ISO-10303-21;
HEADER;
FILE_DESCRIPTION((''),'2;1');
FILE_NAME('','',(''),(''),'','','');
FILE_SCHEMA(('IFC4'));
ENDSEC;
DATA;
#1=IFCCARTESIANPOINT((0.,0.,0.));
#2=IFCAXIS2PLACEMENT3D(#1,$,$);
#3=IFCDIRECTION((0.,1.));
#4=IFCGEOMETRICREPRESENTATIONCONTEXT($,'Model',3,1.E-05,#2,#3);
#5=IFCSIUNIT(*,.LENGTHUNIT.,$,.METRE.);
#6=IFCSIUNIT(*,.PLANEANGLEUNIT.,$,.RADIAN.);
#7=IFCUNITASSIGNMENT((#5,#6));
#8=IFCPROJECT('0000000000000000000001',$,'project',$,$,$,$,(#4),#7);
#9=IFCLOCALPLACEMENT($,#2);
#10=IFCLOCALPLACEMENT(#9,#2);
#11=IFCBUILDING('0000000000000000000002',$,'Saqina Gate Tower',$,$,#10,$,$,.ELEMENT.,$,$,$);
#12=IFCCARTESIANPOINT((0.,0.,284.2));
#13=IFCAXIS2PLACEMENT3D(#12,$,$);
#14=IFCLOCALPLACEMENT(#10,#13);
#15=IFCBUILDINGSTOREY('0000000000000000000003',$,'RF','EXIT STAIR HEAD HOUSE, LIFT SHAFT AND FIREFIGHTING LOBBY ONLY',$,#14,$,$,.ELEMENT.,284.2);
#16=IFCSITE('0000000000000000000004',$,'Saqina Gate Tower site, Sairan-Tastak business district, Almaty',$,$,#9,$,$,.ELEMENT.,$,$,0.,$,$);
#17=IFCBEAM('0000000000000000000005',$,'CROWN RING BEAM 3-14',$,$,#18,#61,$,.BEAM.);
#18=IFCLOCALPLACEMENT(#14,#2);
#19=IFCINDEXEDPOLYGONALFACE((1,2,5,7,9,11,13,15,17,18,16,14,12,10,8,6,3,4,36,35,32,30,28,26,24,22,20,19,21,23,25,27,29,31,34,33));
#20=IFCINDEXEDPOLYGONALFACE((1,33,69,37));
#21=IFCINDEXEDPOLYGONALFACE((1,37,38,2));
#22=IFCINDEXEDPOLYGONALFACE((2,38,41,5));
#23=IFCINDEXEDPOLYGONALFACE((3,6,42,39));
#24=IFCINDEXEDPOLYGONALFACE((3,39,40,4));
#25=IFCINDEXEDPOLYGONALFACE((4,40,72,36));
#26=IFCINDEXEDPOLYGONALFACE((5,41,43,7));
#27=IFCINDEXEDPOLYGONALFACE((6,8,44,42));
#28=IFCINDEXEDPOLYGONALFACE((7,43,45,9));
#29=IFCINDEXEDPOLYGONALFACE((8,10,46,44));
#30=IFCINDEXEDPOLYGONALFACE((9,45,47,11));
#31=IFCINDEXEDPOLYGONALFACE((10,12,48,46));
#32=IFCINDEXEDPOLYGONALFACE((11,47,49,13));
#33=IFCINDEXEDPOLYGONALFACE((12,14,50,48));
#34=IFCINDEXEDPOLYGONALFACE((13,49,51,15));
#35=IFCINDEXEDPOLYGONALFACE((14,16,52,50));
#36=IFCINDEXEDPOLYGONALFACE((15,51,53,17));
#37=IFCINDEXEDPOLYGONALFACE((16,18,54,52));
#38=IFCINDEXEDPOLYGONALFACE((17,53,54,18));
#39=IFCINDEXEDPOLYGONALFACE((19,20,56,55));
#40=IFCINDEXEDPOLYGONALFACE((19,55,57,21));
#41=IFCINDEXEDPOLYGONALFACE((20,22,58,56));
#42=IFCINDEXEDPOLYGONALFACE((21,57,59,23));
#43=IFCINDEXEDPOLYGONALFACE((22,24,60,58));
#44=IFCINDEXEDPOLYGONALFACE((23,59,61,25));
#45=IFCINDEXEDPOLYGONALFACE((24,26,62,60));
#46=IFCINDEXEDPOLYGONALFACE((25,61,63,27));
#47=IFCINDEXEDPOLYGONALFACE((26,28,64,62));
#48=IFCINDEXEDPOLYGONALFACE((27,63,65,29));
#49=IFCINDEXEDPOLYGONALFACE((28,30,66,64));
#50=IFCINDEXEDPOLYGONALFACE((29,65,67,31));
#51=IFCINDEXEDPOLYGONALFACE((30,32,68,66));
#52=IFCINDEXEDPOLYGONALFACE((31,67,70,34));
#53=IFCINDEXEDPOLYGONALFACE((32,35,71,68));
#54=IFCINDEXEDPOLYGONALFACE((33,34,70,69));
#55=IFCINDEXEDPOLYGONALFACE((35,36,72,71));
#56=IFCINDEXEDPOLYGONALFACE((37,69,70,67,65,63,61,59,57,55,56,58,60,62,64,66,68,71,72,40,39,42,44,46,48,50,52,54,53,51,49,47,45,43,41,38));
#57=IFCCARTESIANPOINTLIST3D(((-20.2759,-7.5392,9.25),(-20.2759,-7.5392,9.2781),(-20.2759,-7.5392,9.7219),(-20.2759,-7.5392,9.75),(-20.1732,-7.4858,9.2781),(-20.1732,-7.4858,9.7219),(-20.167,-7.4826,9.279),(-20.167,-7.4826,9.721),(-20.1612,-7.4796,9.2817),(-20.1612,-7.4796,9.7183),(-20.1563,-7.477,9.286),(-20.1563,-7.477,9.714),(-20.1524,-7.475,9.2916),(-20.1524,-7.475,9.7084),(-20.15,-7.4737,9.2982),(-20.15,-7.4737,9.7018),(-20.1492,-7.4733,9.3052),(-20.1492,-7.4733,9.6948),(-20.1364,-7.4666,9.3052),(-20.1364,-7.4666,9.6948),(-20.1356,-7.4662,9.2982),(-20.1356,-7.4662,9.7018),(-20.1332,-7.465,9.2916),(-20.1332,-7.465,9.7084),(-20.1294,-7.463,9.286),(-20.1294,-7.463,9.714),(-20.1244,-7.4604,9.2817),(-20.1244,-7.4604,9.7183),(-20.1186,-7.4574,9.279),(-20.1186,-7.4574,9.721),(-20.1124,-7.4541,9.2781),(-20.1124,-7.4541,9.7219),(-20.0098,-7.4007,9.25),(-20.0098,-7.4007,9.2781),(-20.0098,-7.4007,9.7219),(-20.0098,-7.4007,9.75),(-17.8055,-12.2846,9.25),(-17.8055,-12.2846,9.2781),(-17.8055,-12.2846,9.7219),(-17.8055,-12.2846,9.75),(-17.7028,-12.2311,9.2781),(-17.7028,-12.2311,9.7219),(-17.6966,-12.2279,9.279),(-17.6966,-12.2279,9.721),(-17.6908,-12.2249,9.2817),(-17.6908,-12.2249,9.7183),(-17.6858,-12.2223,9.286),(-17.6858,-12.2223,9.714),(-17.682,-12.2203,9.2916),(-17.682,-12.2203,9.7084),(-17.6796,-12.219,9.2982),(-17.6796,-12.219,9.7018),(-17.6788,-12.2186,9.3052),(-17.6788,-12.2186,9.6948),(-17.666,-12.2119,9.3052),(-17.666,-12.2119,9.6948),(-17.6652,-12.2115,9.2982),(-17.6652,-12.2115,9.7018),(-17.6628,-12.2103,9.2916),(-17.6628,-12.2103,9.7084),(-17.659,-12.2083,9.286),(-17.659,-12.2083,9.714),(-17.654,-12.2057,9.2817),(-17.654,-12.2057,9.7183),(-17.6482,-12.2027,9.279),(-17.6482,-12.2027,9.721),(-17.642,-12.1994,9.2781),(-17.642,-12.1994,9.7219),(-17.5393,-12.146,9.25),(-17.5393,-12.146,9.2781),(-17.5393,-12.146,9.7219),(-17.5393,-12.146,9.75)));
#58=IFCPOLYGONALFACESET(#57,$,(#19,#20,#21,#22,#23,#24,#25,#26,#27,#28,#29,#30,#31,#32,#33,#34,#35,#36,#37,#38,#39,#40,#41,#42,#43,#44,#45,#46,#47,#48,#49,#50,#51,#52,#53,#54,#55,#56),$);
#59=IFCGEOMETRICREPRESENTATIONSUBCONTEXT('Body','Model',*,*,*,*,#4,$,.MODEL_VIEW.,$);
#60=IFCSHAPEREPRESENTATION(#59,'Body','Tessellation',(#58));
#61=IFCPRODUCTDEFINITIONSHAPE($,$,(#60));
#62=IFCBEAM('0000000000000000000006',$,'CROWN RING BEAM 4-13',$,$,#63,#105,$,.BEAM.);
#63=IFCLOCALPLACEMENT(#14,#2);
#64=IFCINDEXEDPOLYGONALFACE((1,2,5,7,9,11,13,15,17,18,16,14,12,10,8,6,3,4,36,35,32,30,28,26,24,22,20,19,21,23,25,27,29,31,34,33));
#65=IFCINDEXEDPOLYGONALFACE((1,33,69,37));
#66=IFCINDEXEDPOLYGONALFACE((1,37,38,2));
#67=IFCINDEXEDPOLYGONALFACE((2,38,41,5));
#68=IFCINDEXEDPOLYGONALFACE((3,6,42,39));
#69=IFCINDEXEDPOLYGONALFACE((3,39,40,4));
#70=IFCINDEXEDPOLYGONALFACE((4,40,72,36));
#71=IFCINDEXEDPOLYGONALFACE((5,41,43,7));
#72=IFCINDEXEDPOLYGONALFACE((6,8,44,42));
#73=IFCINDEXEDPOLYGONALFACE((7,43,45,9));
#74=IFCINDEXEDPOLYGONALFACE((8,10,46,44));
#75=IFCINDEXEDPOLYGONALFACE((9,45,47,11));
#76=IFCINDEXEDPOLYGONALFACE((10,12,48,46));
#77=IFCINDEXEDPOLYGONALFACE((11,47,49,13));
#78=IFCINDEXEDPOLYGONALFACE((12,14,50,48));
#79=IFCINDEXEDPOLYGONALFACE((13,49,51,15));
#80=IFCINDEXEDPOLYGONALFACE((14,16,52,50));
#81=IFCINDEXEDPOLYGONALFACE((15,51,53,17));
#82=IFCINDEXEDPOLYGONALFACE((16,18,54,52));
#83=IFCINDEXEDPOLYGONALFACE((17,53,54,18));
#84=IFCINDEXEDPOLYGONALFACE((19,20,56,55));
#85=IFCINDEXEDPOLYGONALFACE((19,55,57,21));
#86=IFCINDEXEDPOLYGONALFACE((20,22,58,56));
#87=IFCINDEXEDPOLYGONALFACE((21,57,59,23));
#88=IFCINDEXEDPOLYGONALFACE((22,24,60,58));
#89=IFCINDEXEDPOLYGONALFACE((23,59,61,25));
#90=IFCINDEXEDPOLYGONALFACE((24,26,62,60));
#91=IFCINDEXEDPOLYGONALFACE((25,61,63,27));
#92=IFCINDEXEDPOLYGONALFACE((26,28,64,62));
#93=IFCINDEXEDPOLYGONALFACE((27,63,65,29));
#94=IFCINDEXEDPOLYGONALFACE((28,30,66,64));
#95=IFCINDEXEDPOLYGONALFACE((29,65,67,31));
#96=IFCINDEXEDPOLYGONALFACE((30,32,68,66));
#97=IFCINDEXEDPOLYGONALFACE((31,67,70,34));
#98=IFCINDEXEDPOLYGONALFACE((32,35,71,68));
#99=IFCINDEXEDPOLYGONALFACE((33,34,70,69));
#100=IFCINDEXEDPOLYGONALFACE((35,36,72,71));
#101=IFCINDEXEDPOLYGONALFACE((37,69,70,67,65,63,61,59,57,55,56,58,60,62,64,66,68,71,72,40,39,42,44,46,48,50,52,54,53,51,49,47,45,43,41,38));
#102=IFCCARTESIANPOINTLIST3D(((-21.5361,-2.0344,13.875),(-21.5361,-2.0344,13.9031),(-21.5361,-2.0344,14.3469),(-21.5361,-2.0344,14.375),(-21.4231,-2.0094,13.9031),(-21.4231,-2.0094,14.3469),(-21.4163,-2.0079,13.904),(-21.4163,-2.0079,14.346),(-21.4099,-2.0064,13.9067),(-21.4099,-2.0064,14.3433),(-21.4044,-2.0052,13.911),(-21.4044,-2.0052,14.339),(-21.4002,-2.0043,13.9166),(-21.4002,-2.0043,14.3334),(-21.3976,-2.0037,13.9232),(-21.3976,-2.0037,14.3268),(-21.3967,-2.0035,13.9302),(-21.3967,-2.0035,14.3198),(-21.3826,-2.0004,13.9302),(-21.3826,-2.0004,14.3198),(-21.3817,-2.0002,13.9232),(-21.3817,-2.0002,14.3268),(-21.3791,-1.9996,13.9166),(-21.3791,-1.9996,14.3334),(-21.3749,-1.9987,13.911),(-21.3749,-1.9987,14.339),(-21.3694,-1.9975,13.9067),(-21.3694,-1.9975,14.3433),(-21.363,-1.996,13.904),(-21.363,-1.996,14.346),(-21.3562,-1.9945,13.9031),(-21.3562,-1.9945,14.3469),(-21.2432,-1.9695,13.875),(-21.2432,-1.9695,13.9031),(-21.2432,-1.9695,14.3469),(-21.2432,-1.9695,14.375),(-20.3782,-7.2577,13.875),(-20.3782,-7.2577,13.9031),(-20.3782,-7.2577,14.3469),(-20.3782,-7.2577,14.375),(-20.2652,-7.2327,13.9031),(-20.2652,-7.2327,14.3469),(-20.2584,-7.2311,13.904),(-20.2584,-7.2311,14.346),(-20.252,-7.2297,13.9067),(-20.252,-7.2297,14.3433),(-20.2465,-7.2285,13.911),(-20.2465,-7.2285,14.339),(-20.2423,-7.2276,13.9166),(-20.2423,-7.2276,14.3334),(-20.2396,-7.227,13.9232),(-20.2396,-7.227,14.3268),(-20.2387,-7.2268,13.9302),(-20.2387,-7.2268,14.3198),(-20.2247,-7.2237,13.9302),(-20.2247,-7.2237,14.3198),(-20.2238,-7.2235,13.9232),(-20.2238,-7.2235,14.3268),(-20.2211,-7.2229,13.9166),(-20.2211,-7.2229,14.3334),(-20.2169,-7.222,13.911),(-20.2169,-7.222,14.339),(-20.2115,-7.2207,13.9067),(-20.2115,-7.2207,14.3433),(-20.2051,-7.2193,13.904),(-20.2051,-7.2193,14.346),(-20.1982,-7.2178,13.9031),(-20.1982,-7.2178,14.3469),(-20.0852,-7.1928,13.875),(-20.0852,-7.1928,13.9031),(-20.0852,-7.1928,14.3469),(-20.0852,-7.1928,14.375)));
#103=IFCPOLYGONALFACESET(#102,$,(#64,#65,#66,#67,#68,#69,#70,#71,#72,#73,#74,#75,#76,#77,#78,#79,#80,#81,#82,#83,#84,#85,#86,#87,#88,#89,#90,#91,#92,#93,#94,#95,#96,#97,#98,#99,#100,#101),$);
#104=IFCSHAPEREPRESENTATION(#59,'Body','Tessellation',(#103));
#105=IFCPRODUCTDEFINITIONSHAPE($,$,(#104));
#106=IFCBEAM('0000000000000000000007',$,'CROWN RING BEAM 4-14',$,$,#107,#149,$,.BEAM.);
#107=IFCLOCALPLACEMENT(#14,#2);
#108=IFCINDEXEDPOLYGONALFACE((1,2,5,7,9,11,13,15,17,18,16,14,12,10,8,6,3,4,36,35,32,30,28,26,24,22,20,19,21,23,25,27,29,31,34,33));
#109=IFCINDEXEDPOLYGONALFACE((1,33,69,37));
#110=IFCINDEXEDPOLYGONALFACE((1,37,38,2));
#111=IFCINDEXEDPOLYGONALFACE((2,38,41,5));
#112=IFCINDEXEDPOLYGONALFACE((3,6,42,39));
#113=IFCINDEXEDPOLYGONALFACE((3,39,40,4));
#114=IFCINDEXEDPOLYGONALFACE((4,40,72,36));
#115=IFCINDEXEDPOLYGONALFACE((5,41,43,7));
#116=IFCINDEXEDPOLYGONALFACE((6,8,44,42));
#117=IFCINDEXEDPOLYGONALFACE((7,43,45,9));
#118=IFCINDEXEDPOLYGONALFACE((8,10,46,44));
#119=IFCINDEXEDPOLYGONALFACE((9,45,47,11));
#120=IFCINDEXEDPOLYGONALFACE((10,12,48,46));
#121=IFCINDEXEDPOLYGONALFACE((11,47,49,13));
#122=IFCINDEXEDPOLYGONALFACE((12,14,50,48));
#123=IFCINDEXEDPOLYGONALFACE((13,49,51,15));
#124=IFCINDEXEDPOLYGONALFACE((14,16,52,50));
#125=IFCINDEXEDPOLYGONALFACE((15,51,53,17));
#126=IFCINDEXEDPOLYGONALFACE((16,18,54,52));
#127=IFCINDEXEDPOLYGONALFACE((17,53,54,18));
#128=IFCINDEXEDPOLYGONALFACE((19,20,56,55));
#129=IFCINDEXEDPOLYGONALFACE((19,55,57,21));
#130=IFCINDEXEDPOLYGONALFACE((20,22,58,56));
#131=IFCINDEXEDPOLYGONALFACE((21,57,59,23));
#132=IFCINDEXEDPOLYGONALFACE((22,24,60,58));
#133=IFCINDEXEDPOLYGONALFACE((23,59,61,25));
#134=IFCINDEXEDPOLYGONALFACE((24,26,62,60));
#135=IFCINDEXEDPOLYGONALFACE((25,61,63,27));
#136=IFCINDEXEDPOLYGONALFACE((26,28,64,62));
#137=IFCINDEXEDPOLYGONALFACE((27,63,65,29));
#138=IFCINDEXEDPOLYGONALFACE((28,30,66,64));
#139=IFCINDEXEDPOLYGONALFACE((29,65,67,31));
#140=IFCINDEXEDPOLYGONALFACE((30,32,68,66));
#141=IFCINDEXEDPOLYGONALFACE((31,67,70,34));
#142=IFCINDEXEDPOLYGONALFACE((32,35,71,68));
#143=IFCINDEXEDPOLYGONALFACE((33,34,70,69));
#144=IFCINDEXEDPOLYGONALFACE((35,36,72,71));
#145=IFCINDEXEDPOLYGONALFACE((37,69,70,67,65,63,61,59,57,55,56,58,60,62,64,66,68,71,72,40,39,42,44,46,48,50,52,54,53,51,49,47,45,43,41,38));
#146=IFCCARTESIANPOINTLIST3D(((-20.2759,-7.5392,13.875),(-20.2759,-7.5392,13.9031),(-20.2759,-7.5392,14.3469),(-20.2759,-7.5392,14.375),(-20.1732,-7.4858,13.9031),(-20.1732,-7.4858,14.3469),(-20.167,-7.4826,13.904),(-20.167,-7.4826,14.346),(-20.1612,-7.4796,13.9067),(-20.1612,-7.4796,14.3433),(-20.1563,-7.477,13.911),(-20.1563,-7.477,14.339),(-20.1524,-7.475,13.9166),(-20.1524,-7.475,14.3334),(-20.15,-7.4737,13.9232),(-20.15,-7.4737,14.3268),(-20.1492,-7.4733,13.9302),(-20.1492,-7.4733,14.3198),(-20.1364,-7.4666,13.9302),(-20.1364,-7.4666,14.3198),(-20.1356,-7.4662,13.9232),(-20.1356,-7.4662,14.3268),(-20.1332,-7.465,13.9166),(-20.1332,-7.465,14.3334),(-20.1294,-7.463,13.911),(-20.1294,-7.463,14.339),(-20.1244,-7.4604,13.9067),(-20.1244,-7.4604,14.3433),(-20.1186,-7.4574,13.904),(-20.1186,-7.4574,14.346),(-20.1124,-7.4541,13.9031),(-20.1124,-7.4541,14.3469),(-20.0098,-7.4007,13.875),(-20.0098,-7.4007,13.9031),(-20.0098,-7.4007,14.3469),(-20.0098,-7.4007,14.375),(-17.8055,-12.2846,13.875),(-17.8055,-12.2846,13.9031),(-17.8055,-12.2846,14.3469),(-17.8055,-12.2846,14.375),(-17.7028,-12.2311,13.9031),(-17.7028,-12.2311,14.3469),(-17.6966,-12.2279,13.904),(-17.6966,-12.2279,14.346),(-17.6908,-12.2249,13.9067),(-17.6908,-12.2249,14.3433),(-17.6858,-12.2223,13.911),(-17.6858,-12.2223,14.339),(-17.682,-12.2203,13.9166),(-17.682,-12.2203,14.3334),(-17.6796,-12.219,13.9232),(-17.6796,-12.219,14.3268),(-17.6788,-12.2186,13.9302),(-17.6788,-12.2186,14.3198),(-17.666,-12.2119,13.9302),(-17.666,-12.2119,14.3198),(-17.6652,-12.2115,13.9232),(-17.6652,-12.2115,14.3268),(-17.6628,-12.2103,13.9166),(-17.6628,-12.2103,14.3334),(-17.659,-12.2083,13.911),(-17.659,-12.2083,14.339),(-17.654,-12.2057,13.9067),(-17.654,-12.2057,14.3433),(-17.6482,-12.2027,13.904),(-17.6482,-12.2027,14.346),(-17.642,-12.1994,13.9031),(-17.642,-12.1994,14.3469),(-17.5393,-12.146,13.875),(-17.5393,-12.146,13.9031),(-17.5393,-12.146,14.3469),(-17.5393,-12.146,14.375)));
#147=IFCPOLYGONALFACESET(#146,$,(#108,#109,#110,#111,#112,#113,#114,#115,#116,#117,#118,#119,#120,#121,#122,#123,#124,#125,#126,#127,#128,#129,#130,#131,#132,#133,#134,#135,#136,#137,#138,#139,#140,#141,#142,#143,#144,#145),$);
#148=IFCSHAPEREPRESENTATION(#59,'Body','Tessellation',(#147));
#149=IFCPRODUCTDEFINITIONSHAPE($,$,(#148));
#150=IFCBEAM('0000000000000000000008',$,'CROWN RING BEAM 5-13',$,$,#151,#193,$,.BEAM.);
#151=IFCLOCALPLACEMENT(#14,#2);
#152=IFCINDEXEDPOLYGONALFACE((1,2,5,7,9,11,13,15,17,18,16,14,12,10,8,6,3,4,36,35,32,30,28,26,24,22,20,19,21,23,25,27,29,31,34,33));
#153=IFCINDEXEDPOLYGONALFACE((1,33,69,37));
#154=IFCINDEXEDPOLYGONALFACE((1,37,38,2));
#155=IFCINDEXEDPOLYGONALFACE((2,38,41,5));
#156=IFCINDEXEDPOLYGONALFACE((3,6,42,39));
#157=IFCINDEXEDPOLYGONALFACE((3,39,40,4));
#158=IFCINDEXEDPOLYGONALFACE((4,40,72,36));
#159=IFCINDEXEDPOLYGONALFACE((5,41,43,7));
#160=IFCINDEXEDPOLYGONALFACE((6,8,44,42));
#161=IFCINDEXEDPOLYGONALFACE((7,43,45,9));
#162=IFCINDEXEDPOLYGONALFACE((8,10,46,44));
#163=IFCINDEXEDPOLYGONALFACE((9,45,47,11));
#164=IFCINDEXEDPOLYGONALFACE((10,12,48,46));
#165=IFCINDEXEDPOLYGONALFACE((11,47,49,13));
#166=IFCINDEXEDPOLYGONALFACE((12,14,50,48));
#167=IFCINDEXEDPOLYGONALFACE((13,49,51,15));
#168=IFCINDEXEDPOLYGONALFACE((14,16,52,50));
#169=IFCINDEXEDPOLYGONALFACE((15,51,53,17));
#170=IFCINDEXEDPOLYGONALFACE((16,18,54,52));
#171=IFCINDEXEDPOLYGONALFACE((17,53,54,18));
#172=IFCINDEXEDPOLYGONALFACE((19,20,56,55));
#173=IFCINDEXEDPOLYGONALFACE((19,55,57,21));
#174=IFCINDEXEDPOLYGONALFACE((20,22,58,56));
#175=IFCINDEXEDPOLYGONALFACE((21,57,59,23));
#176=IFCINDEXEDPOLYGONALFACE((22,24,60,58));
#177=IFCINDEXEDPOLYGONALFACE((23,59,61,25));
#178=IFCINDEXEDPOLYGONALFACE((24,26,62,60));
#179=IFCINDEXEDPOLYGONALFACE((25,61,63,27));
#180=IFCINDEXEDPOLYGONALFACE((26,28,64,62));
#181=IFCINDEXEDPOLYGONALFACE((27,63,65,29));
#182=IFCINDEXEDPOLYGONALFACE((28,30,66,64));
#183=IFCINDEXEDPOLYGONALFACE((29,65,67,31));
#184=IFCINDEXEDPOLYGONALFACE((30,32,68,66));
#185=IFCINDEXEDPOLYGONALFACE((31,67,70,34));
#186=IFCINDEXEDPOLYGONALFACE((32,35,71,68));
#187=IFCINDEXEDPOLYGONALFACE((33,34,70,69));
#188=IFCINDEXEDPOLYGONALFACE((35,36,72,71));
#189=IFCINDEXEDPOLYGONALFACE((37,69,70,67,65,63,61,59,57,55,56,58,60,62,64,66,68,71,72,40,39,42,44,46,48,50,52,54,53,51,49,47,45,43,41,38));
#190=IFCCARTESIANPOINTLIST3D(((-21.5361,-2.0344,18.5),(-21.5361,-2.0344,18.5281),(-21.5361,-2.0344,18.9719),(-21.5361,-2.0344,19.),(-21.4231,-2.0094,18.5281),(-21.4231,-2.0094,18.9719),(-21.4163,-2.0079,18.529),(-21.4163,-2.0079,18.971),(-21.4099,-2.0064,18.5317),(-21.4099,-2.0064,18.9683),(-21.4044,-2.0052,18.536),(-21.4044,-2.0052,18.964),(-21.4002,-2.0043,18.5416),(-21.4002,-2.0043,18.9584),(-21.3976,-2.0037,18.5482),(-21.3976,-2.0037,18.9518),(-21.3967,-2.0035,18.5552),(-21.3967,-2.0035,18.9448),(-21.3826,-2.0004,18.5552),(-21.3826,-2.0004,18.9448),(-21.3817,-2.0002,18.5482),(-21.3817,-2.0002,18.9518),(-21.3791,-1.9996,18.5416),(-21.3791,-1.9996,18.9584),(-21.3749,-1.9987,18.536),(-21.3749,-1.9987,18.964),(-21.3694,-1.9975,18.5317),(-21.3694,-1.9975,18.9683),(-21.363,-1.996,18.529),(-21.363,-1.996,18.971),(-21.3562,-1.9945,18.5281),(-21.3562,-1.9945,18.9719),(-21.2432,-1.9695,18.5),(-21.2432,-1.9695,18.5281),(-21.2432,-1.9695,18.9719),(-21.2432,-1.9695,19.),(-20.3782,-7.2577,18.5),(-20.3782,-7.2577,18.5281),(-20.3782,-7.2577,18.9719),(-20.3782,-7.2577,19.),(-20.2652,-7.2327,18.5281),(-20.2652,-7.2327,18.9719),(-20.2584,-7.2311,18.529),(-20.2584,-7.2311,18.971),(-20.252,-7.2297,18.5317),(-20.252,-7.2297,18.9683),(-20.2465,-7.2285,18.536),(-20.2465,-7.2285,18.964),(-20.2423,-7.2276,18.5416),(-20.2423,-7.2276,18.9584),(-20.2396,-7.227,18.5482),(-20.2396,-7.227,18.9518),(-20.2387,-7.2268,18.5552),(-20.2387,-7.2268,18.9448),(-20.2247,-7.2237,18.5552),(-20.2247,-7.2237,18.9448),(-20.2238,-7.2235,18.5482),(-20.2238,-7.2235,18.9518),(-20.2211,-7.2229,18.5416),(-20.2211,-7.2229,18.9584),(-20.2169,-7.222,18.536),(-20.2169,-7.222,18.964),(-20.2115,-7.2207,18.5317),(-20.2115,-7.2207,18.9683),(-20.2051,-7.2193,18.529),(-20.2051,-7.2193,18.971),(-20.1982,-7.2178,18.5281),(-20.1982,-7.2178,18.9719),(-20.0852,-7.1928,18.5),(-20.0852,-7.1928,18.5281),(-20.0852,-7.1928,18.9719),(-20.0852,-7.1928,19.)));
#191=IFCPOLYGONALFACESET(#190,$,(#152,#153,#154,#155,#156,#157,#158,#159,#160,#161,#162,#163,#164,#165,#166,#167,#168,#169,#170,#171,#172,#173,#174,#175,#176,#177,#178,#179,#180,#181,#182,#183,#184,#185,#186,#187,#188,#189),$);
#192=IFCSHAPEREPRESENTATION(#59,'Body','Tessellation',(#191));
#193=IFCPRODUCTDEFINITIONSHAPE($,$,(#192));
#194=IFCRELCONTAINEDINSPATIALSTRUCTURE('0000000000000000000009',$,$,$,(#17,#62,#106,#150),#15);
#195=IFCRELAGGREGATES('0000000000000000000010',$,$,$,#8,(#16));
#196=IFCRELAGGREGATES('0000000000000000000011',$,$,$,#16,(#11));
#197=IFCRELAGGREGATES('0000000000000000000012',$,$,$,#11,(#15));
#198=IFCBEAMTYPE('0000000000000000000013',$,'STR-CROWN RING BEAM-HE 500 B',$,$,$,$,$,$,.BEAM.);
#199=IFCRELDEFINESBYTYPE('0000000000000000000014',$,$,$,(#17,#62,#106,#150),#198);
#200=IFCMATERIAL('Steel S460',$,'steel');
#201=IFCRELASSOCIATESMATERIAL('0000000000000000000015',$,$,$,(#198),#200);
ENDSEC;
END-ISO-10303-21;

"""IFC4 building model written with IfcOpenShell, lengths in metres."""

from ifc_helpers import new_model, si_unit, direction, frame, origin, origin_2d, place, context, subcontext, project, spatial, i_section, extrude, material, material_profile, profile_set, type_object, element, save


model = new_model("IFC4")

# Units and contexts
model_context = context("Model", 3, precision=1e-05, world=origin(), true_north=direction((0.0, 1.0)))
body_context = subcontext(model_context, "Body", "Model", "MODEL_VIEW")
ifc_project = project(units=[si_unit("LENGTHUNIT", "METRE"), si_unit("PLANEANGLEUNIT", "RADIAN")], contexts=[model_context])

# Site, building, storey
site_placement = place(None, origin())
site = spatial("IfcSite", under=ifc_project, at=site_placement, Name="Saqina Gate Tower site, Sairan-Tastak business district, Almaty", CompositionType="ELEMENT", RefElevation=0.0)
building_placement = place(site_placement, origin())
building = spatial("IfcBuilding", under=site, at=building_placement, Name="Saqina Gate Tower", CompositionType="ELEMENT")
storey_placement = place(building_placement, frame((0.0, 0.0, 284.2)))
storey = spatial("IfcBuildingStorey", under=building, at=storey_placement, Name="RF", Description="EXIT STAIR HEAD HOUSE, LIFT SHAFT AND FIREFIGHTING LOBBY ONLY", CompositionType="ELEMENT", Elevation=284.2)

# Beams
ifc_material_1 = material(Name="Steel S460", Category="steel")
ifc_material_profile_1 = material_profile(ifc_material_1, i_section(OverallWidth=0.3, OverallDepth=0.5, WebThickness=0.0144, FlangeThickness=0.0281, FilletRadius=0.0271, at=origin_2d()), Name="HE 500 B")
ifc_profile_set_1 = profile_set([ifc_material_profile_1], Name="Steel S460")
beam_type_1 = type_object("IfcBeamType", Name="STR-CROWN RING BEAM-HE 500 B", PredefinedType="BEAM", material=ifc_profile_set_1)
beam_1_placement = place(storey_placement, frame((-20.1428, -7.47, 9.5), z_axis=(0.461775, -0.886997, 0.0), x_axis=(0.886997, 0.461775, 0.0)))
element("IfcBeam", 1, at=beam_1_placement, inside=storey, type_object=beam_type_1, Name="CROWN RING BEAM 3-14", PredefinedType="BEAM", context=body_context, shape_type="SweptSolid", body=[
    extrude(i_section(OverallWidth=0.3, OverallDepth=0.5, WebThickness=0.0144, FlangeThickness=0.0281, FilletRadius=0.0271, at=origin_2d()), origin(), (0.0, 0.0, 1.0), 5.3499),
])
beam_2_placement = place(storey_placement, frame((-21.3896, -2.002, 14.125), z_axis=(0.216433, -0.976298, 0.0), x_axis=(0.976298, 0.216433, 0.0)))
element("IfcBeam", 2, at=beam_2_placement, inside=storey, type_object=beam_type_1, Name="CROWN RING BEAM 4-13", PredefinedType="BEAM", context=body_context, shape_type="SweptSolid", body=[
    extrude(i_section(OverallWidth=0.3, OverallDepth=0.5, WebThickness=0.0144, FlangeThickness=0.0281, FilletRadius=0.0271, at=origin_2d()), origin(), (0.0, 0.0, 1.0), 5.3501),
])
beam_3_placement = place(storey_placement, frame((-20.1428, -7.47, 14.125), z_axis=(0.461775, -0.886997, 0.0), x_axis=(0.886997, 0.461775, 0.0)))
element("IfcBeam", 3, at=beam_3_placement, inside=storey, type_object=beam_type_1, Name="CROWN RING BEAM 4-14", PredefinedType="BEAM", context=body_context, shape_type="SweptSolid", body=[
    extrude(i_section(OverallWidth=0.3, OverallDepth=0.5, WebThickness=0.0144, FlangeThickness=0.0281, FilletRadius=0.0271, at=origin_2d()), origin(), (0.0, 0.0, 1.0), 5.3499),
])
beam_4_placement = place(storey_placement, frame((-21.3896, -2.002, 18.75), z_axis=(0.216433, -0.976298, 0.0), x_axis=(0.976298, 0.216433, 0.0)))
element("IfcBeam", 4, at=beam_4_placement, inside=storey, type_object=beam_type_1, Name="CROWN RING BEAM 5-13", PredefinedType="BEAM", context=body_context, shape_type="SweptSolid", body=[
    extrude(i_section(OverallWidth=0.3, OverallDepth=0.5, WebThickness=0.0144, FlangeThickness=0.0281, FilletRadius=0.0271, at=origin_2d()), origin(), (0.0, 0.0, 1.0), 5.3501),
])

save(model, "model.ifc")
